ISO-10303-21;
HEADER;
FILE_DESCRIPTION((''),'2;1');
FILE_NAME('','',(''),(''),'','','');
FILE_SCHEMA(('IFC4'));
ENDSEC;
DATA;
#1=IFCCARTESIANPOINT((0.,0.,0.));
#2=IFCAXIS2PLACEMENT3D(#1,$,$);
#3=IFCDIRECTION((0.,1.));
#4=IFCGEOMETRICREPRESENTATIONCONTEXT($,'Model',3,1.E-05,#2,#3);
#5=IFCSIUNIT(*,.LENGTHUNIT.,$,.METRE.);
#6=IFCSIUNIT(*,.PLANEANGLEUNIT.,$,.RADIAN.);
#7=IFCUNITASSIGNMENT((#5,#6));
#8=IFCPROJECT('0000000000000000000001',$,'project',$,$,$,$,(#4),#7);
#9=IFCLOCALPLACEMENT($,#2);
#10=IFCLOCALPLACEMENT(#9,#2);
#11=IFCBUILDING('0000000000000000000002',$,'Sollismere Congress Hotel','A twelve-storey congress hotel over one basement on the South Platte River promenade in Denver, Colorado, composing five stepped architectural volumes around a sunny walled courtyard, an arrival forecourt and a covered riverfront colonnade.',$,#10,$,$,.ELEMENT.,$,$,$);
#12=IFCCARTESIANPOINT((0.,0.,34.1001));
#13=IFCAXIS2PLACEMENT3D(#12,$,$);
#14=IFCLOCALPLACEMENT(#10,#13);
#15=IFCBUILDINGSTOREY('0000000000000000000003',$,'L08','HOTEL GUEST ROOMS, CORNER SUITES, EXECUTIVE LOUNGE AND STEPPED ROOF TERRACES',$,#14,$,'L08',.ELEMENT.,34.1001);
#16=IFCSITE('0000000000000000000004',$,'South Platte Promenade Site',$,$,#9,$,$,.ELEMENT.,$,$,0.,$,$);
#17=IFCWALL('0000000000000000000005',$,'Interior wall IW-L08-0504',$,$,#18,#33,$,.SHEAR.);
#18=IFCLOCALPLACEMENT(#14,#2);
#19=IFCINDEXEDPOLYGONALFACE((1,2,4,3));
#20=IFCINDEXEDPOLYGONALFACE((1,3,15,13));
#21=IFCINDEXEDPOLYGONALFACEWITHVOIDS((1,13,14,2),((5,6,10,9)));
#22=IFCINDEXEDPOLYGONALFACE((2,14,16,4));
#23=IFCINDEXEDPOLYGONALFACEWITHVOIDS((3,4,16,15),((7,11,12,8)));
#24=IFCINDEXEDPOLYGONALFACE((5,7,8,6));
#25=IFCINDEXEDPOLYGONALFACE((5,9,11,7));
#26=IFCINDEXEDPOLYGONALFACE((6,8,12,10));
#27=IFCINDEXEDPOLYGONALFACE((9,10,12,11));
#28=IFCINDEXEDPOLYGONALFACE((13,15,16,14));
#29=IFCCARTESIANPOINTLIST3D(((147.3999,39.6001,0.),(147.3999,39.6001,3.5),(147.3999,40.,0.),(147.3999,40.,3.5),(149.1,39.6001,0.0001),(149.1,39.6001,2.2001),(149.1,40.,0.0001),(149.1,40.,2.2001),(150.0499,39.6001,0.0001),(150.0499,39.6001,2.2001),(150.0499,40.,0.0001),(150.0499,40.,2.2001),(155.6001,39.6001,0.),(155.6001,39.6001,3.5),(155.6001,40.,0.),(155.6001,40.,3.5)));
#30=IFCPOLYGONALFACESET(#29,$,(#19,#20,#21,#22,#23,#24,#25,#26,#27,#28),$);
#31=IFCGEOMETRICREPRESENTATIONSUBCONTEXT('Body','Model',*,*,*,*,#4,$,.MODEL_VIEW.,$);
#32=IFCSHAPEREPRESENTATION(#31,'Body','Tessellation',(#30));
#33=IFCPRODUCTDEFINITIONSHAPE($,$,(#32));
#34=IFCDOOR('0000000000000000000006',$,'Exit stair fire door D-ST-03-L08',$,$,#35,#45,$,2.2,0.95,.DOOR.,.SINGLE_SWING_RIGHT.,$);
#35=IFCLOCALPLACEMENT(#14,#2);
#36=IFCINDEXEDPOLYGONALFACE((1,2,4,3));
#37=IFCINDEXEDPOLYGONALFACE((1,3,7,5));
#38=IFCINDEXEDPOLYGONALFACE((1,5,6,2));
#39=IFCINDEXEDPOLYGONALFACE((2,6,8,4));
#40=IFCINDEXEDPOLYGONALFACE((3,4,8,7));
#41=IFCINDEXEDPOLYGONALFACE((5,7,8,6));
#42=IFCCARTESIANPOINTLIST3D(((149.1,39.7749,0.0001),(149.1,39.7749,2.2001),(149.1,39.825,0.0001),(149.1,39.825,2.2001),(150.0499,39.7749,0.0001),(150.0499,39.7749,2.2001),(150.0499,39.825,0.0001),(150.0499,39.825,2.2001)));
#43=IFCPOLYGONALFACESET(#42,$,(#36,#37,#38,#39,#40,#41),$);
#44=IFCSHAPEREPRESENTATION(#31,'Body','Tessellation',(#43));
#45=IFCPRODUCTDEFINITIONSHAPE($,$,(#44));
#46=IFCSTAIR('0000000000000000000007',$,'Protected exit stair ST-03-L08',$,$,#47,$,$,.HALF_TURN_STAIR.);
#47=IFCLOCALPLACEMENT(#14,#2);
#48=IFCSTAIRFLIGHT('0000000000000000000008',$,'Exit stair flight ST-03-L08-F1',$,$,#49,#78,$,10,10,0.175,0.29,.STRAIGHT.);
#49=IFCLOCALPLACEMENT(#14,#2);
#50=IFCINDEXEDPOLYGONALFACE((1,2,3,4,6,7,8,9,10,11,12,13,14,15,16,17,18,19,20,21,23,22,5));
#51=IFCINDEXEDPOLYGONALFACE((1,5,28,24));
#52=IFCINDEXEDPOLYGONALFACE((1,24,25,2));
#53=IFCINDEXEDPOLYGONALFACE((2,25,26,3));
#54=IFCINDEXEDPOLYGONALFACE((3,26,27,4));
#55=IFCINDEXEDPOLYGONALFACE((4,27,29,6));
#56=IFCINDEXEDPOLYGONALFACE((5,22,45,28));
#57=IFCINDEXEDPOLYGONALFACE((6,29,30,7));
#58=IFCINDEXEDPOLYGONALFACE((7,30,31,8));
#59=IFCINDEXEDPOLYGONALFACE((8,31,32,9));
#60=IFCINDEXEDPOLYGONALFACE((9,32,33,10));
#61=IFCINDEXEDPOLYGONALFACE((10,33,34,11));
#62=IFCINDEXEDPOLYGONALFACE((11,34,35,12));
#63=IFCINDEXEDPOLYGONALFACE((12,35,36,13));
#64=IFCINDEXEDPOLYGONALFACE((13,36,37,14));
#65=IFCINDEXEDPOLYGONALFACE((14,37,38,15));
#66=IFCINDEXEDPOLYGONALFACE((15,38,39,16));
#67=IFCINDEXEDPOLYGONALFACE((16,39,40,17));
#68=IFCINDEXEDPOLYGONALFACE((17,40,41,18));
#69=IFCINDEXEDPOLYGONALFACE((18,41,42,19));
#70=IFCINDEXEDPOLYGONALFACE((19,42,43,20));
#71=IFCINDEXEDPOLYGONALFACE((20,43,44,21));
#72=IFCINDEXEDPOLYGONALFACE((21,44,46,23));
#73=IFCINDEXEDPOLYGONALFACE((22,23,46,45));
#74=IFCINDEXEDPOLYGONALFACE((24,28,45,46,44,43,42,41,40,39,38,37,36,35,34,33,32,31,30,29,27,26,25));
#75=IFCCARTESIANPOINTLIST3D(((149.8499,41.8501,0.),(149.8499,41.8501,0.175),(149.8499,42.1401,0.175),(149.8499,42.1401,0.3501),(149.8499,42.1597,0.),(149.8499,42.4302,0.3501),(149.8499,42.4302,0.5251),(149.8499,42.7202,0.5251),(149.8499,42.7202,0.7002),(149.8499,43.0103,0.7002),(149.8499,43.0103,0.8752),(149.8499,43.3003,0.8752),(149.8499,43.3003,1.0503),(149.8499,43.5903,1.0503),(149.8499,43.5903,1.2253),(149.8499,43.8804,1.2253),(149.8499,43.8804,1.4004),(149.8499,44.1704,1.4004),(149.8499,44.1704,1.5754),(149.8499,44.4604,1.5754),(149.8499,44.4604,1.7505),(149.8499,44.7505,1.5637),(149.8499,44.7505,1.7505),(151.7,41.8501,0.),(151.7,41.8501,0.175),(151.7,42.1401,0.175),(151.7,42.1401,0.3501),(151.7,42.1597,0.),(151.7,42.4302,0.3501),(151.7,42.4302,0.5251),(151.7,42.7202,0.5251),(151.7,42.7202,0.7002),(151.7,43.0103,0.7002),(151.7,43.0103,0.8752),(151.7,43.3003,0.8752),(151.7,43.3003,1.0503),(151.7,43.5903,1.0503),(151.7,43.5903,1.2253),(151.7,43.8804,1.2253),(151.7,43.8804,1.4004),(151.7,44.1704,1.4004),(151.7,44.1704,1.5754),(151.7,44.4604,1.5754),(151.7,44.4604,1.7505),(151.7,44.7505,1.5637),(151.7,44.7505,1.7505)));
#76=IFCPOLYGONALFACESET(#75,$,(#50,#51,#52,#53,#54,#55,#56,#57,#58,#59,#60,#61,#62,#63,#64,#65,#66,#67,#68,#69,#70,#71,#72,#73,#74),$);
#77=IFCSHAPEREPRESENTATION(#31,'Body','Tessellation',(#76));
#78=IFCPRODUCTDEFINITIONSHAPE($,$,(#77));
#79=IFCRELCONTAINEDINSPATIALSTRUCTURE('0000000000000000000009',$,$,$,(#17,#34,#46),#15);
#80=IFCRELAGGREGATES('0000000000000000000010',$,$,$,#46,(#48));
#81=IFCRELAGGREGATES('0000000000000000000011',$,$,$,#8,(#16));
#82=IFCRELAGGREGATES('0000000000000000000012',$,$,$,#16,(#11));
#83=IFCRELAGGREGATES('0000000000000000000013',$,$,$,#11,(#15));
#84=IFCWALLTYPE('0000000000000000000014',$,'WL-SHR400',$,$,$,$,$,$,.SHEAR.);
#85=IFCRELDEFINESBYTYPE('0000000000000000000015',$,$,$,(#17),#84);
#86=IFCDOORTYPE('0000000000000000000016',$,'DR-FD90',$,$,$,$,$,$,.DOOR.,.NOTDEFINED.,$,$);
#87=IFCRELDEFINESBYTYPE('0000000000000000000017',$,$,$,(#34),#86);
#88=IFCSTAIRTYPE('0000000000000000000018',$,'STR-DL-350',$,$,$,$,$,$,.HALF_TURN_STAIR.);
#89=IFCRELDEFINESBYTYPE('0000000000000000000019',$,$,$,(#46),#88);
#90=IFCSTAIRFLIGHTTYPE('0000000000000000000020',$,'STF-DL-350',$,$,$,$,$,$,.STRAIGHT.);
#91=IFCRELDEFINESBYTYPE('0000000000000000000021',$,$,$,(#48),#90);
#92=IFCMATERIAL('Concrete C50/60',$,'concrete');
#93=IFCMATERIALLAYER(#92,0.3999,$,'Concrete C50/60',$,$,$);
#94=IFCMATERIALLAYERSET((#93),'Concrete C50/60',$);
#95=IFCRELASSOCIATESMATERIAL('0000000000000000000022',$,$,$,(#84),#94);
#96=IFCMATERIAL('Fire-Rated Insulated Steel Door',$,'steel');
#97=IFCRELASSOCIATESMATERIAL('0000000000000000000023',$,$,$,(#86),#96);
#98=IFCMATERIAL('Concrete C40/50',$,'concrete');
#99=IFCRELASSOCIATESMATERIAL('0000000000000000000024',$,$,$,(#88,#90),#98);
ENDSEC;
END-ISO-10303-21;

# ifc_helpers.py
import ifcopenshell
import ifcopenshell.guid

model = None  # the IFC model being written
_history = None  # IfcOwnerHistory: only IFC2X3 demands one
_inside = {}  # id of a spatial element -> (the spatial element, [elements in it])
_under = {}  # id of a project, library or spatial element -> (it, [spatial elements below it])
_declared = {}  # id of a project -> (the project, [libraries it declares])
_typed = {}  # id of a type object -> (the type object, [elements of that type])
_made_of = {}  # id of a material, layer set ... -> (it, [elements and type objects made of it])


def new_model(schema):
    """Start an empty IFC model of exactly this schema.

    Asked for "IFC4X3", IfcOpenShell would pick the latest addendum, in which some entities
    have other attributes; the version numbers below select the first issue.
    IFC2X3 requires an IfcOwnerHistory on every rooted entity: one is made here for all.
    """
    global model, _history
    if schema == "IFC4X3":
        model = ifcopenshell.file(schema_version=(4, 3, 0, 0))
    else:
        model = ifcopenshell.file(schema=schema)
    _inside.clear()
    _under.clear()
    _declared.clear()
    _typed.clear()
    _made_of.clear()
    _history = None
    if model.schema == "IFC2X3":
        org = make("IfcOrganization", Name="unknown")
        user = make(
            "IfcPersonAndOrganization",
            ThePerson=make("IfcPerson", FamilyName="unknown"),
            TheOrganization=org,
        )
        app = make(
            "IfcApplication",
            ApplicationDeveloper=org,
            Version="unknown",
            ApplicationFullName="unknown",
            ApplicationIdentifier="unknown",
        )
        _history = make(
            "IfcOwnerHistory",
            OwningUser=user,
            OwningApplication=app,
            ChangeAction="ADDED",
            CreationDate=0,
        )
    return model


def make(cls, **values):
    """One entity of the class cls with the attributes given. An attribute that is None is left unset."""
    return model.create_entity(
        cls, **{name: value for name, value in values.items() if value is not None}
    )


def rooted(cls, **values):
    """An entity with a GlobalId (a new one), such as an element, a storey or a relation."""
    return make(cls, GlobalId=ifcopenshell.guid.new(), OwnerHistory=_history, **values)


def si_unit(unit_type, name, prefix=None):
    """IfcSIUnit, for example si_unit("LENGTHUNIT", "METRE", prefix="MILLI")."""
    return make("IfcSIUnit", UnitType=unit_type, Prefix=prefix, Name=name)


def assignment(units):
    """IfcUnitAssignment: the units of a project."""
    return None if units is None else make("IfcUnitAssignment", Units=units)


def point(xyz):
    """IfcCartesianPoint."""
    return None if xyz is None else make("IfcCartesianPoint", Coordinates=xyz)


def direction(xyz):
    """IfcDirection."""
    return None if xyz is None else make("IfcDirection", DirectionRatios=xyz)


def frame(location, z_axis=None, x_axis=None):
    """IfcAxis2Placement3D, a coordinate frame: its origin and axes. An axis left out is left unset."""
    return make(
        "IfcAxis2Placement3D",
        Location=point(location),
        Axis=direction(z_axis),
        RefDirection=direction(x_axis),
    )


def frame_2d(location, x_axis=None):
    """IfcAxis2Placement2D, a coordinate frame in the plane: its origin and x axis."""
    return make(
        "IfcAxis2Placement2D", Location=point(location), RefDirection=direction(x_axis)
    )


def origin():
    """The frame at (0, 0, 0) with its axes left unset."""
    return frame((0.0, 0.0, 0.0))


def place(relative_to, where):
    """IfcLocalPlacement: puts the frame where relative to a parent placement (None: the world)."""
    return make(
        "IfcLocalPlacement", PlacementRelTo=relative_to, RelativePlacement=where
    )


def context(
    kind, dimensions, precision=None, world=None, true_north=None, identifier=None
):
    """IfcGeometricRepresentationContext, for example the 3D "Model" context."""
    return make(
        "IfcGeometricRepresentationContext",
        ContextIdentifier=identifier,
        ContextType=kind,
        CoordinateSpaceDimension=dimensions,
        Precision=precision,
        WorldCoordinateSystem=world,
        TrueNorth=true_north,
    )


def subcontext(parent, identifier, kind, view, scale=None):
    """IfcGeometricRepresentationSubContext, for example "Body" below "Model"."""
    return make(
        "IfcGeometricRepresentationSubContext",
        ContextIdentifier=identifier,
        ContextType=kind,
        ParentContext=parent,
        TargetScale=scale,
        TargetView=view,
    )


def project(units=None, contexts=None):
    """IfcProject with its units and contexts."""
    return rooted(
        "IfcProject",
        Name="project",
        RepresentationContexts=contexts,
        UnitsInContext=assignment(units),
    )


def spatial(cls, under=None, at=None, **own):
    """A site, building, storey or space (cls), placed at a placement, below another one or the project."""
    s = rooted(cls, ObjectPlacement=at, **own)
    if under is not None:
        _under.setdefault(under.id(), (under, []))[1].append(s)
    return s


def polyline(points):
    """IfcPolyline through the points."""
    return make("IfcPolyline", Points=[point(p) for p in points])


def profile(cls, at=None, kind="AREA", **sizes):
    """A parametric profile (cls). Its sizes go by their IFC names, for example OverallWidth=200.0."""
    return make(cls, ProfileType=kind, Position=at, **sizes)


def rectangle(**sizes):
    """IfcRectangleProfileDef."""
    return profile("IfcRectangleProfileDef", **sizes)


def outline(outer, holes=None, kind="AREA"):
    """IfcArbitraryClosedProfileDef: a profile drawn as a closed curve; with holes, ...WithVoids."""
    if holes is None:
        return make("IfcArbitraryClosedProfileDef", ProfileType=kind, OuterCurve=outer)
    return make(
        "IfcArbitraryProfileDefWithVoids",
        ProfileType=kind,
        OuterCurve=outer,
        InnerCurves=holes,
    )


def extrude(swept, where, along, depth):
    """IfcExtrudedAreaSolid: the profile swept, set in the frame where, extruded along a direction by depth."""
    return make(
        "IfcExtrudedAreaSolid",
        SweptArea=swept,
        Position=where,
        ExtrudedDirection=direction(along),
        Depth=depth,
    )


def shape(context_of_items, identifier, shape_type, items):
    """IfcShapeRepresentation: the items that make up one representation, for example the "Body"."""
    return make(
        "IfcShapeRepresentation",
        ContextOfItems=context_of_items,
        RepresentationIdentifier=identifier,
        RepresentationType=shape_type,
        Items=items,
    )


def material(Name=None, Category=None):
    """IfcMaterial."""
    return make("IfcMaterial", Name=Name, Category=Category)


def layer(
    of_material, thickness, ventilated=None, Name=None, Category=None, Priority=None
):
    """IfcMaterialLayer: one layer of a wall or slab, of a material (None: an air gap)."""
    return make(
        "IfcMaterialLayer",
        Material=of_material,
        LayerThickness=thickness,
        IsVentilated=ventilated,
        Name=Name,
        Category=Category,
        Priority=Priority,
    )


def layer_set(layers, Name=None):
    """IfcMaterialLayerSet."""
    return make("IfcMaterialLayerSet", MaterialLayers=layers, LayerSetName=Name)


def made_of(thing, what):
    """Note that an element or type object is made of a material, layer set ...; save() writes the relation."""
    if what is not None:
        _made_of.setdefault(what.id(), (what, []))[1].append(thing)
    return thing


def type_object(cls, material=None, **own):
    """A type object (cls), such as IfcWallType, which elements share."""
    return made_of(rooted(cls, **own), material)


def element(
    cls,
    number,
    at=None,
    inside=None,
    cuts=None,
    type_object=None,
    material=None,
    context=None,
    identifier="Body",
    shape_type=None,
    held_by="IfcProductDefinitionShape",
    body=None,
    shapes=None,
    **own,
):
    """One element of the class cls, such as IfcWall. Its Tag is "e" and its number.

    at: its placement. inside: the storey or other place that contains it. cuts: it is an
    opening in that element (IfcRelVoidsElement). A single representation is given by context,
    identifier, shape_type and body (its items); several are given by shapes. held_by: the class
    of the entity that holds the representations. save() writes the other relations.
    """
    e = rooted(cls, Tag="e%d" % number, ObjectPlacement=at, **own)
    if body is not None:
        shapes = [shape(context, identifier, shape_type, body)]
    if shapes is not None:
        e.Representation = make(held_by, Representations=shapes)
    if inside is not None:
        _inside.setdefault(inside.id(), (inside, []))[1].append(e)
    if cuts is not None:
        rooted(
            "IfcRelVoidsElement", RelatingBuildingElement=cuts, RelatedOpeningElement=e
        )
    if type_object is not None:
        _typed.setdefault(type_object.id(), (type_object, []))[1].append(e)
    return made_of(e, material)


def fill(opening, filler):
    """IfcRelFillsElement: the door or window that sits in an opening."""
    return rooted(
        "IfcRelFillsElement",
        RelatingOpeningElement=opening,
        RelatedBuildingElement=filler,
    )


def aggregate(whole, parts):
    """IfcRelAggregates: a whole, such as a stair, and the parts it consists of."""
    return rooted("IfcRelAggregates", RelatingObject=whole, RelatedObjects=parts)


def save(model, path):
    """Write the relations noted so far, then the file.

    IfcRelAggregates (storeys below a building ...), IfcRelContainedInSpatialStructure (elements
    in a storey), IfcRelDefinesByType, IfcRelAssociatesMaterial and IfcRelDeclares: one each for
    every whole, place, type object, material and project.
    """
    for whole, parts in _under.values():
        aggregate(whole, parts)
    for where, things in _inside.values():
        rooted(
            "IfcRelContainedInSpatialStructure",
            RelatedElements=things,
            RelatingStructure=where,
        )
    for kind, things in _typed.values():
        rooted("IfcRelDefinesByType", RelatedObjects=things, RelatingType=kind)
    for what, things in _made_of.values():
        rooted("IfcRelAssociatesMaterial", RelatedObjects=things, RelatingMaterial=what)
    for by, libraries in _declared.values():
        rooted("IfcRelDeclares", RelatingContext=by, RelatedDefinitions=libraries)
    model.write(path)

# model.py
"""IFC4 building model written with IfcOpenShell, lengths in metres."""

from ifc_helpers import new_model, si_unit, direction, frame, frame_2d, origin, place, context, subcontext, project, spatial, polyline, rectangle, outline, extrude, material, layer, layer_set, type_object, element, fill, aggregate, save


model = new_model("IFC4")

# Units and contexts
model_context = context("Model", 3, precision=1e-05, world=origin(), true_north=direction((0.0, 1.0)))
body_context = subcontext(model_context, "Body", "Model", "MODEL_VIEW")
ifc_project = project(units=[si_unit("LENGTHUNIT", "METRE"), si_unit("PLANEANGLEUNIT", "RADIAN")], contexts=[model_context])

# Site, building, storey
site_placement = place(None, origin())
site = spatial("IfcSite", under=ifc_project, at=site_placement, Name="South Platte Promenade Site", CompositionType="ELEMENT", RefElevation=0.0)
building_placement = place(site_placement, origin())
building = spatial("IfcBuilding", under=site, at=building_placement, Name="Sollismere Congress Hotel", Description="A twelve-storey congress hotel over one basement on the South Platte River promenade in Denver, Colorado, composing five stepped architectural volumes around a sunny walled courtyard, an arrival forecourt and a covered riverfront colonnade.", CompositionType="ELEMENT")
storey_placement = place(building_placement, frame((0.0, 0.0, 34.1001)))
storey = spatial("IfcBuildingStorey", under=building, at=storey_placement, Name="L08", Description="HOTEL GUEST ROOMS, CORNER SUITES, EXECUTIVE LOUNGE AND STEPPED ROOF TERRACES", LongName="L08", CompositionType="ELEMENT", Elevation=34.1001)

# Shared definitions
ifc_material_1 = material(Name="Concrete C50/60", Category="concrete")

# Wall, opening, door
ifc_layer_1 = layer(ifc_material_1, 0.3999, Name="Concrete C50/60")
ifc_layer_set_1 = layer_set([ifc_layer_1], Name="Concrete C50/60")
wall_type_1 = type_object("IfcWallType", Name="WL-SHR400", PredefinedType="SHEAR", material=ifc_layer_set_1)
wall_1_placement = place(storey_placement, frame((147.3999, 39.8, 0.0), z_axis=(0.0, 0.0, 1.0), x_axis=(1.0, 0.0, 0.0)))
wall_1 = element("IfcWall", 1, at=wall_1_placement, inside=storey, type_object=wall_type_1, Name="Interior wall IW-L08-0504", PredefinedType="SHEAR", context=body_context, shape_type="SweptSolid", body=[
    extrude(rectangle(XDim=8.2002, YDim=0.3999, at=frame_2d((4.1001, 0.0))), origin(), (0.0, 0.0, 1.0), 3.5),
])
opening_1_placement = place(wall_1_placement, frame((1.7, 0.0, 0.0)))
opening_1 = element("IfcOpeningElement", 2, at=opening_1_placement, cuts=wall_1, PredefinedType="OPENING", context=body_context, shape_type="SweptSolid", body=[
    extrude(rectangle(XDim=0.95, YDim=2.2, at=frame_2d((0.4751, 1.1001))), frame((0.0, 0.21, 0.0), z_axis=(0.0, -1.0, 0.0), x_axis=(1.0, 0.0, 0.0)), (0.0, 0.0, 1.0), 0.4199),
])
ifc_material_2 = material(Name="Fire-Rated Insulated Steel Door", Category="steel")
door_type_1 = type_object("IfcDoorType", Name="DR-FD90", OperationType="NOTDEFINED", PredefinedType="DOOR", material=ifc_material_2)
door_1_placement = place(opening_1_placement, origin())
door_1 = element("IfcDoor", 3, at=door_1_placement, inside=storey, type_object=door_type_1, Name="Exit stair fire door D-ST-03-L08", OperationType="SINGLE_SWING_RIGHT", OverallHeight=2.2, OverallWidth=0.95, PredefinedType="DOOR", context=body_context, shape_type="SweptSolid", body=[
    extrude(rectangle(XDim=0.95, YDim=2.2, at=frame_2d((0.4751, 1.1001))), frame((0.0, 0.0249, 0.0), z_axis=(0.0, -1.0, 0.0), x_axis=(1.0, 0.0, 0.0)), (0.0, 0.0, 1.0), 0.05),
])
fill(opening_1, door_1)

# Stair, stair flight
ifc_material_3 = material(Name="Concrete C40/50", Category="concrete")
stair_type = type_object("IfcStairType", Name="STR-DL-350", PredefinedType="HALF_TURN_STAIR", material=ifc_material_3)
stair_placement = place(storey_placement, origin())
stair = element("IfcStair", 4, at=stair_placement, inside=storey, type_object=stair_type, Name="Protected exit stair ST-03-L08", PredefinedType="HALF_TURN_STAIR")
stair_flight_type = type_object("IfcStairFlightType", Name="STF-DL-350", PredefinedType="STRAIGHT", material=ifc_material_3)
stair_flight_placement = place(storey_placement, frame((150.7749, 41.8501, 0.0), z_axis=(0.0, 0.0, 1.0), x_axis=(0.0, 1.0, 0.0)))
stair_flight = element("IfcStairFlight", 5, at=stair_flight_placement, type_object=stair_flight_type, Name="Exit stair flight ST-03-L08-F1", NumberOfRisers=10, NumberOfTreads=10, PredefinedType="STRAIGHT", RiserHeight=0.175, TreadLength=0.29, context=body_context, shape_type="SweptSolid", body=[
    extrude(outline(polyline([(0.0, 0.0), (0.0, 0.175), (0.29, 0.175), (0.29, 0.3501), (0.5801, 0.3501), (0.5801, 0.5251), (0.8701, 0.5251), (0.8701, 0.7002), (1.1602, 0.7002), (1.1602, 0.8752), (1.4502, 0.8752), (1.4502, 1.0503), (1.7402, 1.0503), (1.7402, 1.2253), (2.0303, 1.2253), (2.0303, 1.4004), (2.3203, 1.4004), (2.3203, 1.5754), (2.6104, 1.5754), (2.6104, 1.7505), (2.9004, 1.7505), (2.9004, 1.5637), (0.3096, 0.0), (0.0, 0.0)])), frame((0.0, 0.925, 0.0), z_axis=(0.0, -1.0, 0.0), x_axis=(1.0, 0.0, 0.0)), (0.0, 0.0, 1.0), 1.8501),
])
aggregate(stair, [stair_flight])

save(model, "model.ifc")
